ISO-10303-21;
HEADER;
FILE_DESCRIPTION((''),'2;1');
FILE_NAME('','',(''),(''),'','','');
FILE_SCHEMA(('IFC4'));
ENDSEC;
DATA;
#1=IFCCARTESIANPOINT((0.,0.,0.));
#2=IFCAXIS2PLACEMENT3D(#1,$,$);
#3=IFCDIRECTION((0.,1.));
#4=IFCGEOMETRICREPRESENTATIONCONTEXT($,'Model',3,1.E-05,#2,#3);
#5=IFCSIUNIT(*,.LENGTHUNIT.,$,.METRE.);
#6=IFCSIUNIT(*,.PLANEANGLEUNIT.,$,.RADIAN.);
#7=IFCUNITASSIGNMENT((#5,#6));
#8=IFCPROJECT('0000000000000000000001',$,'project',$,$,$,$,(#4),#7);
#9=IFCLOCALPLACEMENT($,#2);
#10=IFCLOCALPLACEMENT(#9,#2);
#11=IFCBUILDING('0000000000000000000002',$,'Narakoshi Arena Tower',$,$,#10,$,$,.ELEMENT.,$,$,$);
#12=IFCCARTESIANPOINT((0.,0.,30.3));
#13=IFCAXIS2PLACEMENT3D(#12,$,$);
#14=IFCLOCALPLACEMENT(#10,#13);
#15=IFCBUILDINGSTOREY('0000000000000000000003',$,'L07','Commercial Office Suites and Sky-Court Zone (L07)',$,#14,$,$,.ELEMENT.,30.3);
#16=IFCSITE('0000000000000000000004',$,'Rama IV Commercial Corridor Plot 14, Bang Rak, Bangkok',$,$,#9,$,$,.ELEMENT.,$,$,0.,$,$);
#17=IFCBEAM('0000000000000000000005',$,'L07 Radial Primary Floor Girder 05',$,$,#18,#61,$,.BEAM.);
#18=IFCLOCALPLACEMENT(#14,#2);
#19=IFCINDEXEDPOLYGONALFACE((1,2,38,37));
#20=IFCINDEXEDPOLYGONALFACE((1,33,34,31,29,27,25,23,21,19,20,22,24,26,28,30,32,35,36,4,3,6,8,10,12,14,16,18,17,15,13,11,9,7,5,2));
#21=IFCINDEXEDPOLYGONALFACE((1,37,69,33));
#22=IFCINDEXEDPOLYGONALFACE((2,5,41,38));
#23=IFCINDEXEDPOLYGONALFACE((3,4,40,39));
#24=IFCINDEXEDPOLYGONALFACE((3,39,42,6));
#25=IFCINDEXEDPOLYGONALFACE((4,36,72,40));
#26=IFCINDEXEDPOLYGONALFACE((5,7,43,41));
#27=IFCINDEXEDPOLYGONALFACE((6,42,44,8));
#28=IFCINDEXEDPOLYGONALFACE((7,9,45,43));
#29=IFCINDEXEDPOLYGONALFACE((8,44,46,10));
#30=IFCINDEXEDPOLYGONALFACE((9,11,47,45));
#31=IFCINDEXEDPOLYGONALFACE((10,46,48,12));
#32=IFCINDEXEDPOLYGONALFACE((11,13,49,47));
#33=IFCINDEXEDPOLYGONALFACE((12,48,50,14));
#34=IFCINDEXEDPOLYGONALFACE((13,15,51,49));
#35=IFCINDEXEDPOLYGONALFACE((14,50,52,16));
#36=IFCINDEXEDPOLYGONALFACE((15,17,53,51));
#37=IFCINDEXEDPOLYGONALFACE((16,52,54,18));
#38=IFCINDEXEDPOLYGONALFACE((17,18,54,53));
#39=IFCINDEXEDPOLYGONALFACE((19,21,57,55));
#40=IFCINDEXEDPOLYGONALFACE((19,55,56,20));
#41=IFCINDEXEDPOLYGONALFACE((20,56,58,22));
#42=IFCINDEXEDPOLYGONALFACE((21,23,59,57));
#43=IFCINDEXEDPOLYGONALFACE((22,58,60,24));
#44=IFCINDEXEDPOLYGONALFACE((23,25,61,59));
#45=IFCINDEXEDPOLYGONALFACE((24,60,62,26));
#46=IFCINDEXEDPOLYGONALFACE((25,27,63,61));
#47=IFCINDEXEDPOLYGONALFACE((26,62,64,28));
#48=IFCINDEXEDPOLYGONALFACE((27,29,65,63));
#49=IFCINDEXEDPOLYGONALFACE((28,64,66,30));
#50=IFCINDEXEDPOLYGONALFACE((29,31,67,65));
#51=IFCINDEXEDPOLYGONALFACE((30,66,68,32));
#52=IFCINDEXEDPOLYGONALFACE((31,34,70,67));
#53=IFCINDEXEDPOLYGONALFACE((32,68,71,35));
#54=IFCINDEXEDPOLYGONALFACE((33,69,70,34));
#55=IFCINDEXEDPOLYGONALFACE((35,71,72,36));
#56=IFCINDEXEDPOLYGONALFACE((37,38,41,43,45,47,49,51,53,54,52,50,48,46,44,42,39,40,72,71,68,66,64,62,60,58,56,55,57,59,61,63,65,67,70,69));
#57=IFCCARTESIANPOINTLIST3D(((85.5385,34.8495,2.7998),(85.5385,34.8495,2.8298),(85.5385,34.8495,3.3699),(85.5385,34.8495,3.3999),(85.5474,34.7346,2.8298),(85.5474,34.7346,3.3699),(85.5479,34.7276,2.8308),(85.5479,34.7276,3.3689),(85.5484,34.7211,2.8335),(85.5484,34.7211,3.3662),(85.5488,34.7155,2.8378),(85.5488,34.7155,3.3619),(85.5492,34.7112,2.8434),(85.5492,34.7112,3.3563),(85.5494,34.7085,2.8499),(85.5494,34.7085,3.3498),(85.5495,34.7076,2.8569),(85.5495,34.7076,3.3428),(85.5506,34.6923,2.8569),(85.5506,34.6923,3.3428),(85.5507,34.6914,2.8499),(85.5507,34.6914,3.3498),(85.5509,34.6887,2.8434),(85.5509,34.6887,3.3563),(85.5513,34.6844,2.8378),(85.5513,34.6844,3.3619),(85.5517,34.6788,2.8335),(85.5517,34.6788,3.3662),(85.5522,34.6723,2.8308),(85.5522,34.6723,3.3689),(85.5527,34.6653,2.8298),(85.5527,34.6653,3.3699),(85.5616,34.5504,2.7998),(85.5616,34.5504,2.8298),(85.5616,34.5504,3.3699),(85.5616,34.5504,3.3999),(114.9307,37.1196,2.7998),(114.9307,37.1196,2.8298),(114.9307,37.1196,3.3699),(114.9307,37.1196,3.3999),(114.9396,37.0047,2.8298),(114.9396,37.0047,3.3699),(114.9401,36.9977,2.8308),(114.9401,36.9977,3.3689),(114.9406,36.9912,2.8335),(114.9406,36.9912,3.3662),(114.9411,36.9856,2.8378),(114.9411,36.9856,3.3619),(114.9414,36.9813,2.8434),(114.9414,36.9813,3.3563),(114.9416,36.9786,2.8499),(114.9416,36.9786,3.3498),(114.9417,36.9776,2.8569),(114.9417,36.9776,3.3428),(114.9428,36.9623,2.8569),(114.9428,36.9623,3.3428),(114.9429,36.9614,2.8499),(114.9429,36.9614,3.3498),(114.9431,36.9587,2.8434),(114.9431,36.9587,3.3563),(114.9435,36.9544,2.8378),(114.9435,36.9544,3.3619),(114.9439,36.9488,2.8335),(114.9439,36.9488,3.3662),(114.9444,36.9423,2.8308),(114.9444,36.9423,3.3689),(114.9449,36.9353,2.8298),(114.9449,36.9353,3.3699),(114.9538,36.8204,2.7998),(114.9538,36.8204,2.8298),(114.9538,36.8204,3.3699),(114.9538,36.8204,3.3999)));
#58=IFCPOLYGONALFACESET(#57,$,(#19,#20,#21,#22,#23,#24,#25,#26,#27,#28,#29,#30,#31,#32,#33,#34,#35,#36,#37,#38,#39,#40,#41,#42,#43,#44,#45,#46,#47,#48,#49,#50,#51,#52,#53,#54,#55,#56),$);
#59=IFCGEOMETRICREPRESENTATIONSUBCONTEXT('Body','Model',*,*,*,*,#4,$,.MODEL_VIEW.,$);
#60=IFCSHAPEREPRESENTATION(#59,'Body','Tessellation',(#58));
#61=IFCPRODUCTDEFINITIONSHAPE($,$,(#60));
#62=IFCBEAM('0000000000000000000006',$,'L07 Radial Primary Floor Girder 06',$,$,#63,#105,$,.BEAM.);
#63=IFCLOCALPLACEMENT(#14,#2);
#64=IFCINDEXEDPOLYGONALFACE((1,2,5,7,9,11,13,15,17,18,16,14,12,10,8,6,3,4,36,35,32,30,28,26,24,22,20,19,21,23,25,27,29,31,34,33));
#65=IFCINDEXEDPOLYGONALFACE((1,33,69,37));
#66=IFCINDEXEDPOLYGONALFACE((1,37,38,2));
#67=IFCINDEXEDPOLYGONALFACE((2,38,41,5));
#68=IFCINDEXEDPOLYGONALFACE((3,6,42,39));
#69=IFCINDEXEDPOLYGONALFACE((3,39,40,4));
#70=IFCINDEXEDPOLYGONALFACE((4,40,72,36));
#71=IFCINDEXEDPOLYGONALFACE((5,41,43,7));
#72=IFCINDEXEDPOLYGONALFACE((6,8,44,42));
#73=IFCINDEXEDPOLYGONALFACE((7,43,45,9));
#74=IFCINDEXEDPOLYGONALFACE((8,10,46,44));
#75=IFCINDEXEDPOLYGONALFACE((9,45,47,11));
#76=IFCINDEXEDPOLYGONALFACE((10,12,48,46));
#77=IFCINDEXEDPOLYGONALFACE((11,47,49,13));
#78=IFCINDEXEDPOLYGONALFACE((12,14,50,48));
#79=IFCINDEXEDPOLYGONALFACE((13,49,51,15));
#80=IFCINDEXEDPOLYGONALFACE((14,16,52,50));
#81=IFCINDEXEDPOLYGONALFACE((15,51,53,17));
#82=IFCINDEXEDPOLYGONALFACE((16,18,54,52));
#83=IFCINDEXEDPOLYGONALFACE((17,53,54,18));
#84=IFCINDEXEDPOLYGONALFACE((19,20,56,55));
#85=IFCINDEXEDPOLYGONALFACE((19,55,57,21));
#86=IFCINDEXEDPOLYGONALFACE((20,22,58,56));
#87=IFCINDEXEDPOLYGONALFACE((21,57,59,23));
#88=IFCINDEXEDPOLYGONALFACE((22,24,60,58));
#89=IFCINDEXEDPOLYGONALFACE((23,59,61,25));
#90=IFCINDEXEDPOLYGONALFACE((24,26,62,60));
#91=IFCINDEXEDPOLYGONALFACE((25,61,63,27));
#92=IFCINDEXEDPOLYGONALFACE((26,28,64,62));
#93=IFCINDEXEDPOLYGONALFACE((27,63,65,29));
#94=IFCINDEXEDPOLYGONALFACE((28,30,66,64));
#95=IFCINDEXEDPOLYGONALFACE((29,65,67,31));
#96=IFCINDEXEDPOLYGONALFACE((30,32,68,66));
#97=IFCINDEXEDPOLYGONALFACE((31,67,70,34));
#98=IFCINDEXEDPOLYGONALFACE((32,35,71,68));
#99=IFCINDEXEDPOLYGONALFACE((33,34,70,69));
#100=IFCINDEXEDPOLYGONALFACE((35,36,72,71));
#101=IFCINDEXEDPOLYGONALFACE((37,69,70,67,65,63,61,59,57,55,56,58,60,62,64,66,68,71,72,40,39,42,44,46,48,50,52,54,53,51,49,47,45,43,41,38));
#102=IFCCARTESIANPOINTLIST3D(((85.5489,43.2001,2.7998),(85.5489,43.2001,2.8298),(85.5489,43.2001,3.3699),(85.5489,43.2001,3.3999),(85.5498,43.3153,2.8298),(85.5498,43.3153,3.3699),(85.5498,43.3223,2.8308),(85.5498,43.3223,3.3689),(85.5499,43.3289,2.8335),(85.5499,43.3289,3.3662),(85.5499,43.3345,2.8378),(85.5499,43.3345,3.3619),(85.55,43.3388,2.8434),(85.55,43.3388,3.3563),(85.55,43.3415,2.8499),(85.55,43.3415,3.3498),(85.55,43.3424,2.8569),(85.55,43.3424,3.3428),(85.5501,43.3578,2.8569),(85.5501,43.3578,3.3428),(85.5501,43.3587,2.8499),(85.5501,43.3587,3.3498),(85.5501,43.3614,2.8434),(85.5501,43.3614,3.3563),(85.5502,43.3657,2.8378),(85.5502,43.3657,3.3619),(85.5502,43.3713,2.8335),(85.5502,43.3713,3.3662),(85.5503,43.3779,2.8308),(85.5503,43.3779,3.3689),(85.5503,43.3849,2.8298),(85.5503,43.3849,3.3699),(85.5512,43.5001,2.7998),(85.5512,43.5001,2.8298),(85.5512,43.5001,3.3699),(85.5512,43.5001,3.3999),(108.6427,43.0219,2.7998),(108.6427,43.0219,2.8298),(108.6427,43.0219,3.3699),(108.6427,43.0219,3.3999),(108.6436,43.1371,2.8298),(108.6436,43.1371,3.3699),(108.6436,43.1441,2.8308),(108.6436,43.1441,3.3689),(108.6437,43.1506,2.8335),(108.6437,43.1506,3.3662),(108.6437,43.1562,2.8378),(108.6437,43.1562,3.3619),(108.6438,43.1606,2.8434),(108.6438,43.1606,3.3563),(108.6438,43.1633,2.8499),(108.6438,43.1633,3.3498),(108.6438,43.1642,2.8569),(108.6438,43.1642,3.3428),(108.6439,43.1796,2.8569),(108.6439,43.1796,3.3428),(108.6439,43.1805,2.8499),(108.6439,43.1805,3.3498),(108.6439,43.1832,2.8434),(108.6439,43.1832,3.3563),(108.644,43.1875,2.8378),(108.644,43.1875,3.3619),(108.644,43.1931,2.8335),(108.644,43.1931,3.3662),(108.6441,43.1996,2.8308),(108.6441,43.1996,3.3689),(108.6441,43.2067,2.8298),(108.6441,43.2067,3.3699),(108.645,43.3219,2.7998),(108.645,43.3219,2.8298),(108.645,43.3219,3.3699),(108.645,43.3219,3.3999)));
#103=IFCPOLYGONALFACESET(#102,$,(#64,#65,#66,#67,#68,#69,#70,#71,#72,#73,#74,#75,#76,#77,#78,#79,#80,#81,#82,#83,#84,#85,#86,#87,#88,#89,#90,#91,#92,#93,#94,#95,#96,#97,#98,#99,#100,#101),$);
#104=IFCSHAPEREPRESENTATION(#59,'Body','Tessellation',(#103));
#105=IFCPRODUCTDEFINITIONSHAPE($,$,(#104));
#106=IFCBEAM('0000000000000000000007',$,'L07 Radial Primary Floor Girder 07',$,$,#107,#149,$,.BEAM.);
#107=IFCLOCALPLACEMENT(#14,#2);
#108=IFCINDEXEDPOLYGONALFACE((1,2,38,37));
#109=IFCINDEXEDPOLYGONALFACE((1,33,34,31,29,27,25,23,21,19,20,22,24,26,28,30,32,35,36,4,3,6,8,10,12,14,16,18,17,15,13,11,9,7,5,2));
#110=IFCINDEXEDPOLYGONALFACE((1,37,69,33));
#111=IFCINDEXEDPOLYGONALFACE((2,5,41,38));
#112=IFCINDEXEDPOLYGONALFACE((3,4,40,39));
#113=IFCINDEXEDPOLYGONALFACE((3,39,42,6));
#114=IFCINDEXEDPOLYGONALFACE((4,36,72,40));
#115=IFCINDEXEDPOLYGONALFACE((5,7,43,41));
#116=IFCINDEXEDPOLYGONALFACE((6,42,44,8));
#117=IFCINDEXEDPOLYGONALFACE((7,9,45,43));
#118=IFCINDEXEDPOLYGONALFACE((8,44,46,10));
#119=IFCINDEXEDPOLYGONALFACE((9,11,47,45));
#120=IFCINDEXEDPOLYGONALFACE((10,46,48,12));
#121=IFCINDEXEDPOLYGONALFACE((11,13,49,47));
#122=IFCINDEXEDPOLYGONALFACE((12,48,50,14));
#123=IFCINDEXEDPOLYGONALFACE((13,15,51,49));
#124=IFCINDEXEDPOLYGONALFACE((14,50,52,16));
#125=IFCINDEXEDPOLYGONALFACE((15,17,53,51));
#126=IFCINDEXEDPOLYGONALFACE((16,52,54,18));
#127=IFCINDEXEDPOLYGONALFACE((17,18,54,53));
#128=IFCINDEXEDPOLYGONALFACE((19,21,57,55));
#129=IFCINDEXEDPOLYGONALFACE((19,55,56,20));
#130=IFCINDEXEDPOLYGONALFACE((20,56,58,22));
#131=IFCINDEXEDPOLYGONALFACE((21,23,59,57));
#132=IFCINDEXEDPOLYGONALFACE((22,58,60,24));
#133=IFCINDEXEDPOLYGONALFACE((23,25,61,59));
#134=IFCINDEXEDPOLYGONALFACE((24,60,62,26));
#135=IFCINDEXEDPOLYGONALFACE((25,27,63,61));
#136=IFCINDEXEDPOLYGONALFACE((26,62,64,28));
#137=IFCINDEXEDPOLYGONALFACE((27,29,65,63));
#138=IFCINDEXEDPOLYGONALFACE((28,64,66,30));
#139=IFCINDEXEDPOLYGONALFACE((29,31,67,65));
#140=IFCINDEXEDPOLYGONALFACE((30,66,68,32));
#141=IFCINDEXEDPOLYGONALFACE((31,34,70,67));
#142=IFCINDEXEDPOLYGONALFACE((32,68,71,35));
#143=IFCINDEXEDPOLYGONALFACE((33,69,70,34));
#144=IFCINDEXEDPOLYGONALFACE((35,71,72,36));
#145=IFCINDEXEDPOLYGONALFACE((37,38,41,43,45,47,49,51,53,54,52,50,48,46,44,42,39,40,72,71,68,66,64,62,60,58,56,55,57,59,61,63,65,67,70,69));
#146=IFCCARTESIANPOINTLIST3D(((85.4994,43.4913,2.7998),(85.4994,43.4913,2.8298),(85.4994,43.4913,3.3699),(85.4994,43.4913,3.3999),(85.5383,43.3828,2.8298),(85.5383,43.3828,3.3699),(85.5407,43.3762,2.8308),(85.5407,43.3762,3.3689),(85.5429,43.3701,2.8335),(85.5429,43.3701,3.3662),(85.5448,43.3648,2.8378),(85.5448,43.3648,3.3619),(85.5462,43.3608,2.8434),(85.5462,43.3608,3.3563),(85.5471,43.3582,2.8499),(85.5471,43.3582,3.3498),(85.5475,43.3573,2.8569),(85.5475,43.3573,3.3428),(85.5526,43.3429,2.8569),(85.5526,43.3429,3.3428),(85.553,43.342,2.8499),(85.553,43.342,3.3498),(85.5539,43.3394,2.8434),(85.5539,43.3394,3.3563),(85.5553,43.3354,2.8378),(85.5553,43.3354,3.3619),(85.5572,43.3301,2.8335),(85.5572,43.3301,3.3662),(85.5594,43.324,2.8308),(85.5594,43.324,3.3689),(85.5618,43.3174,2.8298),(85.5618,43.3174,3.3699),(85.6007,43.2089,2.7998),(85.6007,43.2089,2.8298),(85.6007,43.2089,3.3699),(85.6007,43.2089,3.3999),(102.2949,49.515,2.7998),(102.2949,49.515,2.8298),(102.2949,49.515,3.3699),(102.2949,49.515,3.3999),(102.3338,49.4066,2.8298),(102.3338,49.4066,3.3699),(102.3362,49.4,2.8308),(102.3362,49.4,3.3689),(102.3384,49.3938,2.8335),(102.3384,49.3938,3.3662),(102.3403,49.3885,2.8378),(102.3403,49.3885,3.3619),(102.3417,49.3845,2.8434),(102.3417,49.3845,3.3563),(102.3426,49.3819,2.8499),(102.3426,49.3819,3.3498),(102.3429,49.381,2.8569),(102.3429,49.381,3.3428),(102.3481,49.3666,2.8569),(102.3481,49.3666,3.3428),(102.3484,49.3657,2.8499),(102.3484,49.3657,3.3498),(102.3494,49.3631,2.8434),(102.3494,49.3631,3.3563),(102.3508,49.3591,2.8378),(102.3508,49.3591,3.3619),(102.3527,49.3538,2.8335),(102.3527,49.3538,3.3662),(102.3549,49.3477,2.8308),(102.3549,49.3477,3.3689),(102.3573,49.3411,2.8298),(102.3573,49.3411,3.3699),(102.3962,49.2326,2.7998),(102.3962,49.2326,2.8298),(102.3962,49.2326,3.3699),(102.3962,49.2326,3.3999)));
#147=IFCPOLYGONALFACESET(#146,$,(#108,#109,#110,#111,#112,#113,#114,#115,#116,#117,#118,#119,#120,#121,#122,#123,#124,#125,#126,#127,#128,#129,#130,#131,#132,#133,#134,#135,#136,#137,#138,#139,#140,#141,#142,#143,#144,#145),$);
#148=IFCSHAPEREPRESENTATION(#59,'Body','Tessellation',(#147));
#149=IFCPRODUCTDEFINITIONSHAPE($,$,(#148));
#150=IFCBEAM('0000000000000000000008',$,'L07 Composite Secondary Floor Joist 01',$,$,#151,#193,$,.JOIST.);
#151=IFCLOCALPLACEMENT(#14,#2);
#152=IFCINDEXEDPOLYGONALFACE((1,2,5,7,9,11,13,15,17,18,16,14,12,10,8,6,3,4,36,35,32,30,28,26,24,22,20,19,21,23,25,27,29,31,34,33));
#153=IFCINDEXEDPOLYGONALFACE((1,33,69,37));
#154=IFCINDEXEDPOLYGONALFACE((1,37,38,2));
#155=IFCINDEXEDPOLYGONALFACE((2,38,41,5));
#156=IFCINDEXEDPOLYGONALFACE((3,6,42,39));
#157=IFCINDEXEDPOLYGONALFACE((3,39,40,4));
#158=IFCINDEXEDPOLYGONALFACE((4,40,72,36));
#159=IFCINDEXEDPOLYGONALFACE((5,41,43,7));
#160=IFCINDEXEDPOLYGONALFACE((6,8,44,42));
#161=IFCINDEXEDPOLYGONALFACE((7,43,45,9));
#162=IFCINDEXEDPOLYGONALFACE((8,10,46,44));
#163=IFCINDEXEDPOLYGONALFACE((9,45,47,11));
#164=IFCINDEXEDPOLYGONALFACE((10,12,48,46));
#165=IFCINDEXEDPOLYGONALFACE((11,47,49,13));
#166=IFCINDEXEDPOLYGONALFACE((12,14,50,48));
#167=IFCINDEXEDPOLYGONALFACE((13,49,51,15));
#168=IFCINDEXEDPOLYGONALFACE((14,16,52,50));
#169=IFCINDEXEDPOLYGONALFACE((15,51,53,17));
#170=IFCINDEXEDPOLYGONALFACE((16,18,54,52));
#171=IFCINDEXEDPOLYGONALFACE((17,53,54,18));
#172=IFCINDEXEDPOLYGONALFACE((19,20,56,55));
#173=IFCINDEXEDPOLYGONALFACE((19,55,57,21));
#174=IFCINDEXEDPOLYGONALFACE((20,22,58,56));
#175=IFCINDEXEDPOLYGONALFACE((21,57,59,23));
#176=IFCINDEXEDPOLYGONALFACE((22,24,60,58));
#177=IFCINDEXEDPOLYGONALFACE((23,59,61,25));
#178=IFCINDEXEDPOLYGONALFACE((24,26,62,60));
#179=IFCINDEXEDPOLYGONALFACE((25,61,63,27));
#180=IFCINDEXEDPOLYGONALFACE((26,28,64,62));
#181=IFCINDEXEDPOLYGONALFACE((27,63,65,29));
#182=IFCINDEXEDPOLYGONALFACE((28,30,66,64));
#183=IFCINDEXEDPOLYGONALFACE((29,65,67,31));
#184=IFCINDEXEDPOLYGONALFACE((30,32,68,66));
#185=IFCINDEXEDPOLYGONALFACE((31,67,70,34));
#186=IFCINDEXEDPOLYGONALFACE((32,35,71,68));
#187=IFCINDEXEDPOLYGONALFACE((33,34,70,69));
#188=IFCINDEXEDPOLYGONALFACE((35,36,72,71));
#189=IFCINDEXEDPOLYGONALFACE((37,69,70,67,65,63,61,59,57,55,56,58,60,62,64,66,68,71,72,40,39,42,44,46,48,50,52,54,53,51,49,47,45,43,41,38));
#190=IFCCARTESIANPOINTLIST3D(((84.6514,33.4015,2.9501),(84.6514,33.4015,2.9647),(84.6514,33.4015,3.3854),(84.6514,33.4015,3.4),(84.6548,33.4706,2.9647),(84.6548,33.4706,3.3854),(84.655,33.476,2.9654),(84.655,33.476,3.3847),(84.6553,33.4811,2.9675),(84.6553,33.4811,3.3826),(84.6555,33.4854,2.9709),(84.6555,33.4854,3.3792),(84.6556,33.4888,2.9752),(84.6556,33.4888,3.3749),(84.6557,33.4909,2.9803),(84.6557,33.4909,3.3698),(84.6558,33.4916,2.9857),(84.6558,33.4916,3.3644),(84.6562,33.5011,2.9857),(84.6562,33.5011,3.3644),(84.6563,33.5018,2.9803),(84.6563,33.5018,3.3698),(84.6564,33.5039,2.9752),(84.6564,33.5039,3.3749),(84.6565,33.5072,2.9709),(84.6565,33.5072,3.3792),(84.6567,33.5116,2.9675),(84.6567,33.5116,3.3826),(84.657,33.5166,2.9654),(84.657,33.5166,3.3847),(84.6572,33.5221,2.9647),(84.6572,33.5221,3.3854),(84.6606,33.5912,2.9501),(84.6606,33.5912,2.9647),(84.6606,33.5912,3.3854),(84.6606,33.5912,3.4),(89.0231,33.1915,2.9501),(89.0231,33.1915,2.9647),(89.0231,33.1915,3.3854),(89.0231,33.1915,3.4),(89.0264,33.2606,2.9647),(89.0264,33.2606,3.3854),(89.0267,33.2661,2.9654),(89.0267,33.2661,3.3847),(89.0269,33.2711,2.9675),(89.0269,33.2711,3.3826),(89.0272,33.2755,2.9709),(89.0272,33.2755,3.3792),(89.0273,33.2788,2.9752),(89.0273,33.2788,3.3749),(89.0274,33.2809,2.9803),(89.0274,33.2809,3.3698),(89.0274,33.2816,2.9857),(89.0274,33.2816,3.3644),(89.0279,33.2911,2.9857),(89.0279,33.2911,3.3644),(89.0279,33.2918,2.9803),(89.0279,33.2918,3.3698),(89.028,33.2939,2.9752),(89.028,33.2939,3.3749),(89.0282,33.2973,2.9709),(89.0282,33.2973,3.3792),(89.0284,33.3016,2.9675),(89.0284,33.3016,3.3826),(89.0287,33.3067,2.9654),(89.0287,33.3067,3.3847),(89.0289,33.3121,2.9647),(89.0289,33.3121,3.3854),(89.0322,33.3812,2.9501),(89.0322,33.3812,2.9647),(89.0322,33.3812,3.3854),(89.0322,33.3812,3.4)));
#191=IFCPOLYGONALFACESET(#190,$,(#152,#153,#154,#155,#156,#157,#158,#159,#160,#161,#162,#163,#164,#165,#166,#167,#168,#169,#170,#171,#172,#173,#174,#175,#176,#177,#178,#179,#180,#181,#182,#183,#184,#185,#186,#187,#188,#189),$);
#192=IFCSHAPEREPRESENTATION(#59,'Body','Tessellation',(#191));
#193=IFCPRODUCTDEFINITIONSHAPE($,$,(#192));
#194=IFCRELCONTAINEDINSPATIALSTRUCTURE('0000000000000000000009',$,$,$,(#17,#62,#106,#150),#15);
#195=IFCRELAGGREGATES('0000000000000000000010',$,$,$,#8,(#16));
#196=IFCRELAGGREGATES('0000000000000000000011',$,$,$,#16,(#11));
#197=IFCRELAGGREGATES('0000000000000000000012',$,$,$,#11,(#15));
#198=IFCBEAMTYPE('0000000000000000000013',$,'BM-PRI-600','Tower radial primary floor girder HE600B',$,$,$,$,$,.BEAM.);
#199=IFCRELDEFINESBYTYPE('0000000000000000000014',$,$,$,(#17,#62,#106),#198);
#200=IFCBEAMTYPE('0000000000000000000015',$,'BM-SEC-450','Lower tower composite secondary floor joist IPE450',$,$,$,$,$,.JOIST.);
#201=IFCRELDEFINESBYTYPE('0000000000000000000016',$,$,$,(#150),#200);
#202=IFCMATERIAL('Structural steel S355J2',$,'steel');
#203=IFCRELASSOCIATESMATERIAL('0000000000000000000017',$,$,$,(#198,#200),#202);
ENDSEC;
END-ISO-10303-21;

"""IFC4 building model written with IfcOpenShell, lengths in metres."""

from ifc_helpers import new_model, si_unit, direction, frame, origin, origin_2d, place, context, subcontext, project, spatial, i_section, extrude, material, material_profile, profile_set, type_object, element, save


model = new_model("IFC4")

# Units and contexts
model_context = context("Model", 3, precision=1e-05, world=origin(), true_north=direction((0.0, 1.0)))
body_context = subcontext(model_context, "Body", "Model", "MODEL_VIEW")
ifc_project = project(units=[si_unit("LENGTHUNIT", "METRE"), si_unit("PLANEANGLEUNIT", "RADIAN")], contexts=[model_context])

# Site, building, storey
site_placement = place(None, origin())
site = spatial("IfcSite", under=ifc_project, at=site_placement, Name="Rama IV Commercial Corridor Plot 14, Bang Rak, Bangkok", CompositionType="ELEMENT", RefElevation=0.0)
building_placement = place(site_placement, origin())
building = spatial("IfcBuilding", under=site, at=building_placement, Name="Narakoshi Arena Tower", CompositionType="ELEMENT")
storey_placement = place(building_placement, frame((0.0, 0.0, 30.3)))
storey = spatial("IfcBuildingStorey", under=building, at=storey_placement, Name="L07", Description="Commercial Office Suites and Sky-Court Zone (L07)", CompositionType="ELEMENT", Elevation=30.3)

# Beams
ifc_material_1 = material(Name="Structural steel S355J2", Category="steel")
ifc_material_profile_1 = material_profile(ifc_material_1, i_section(OverallWidth=0.3, OverallDepth=0.6001, WebThickness=0.0154, FlangeThickness=0.03, FilletRadius=0.0271, at=origin_2d()), Name="HE600B")
ifc_profile_set_1 = profile_set([ifc_material_profile_1], Name="Structural steel S355J2")
beam_type_1 = type_object("IfcBeamType", Name="BM-PRI-600", Description="Tower radial primary floor girder HE600B", PredefinedType="BEAM", material=ifc_profile_set_1)
beam_1_placement = place(storey_placement, frame((85.55, 34.7, 3.0999), z_axis=(0.997031, 0.077003, 0.0), x_axis=(-0.077003, 0.997031, 0.0)))
element("IfcBeam", 1, at=beam_1_placement, inside=storey, type_object=beam_type_1, Name="L07 Radial Primary Floor Girder 05", PredefinedType="BEAM", context=body_context, shape_type="SweptSolid", body=[
    extrude(i_section(OverallWidth=0.3, OverallDepth=0.6001, WebThickness=0.0154, FlangeThickness=0.03, FilletRadius=0.0271, at=origin_2d()), origin(), (0.0, 0.0, 1.0), 29.4797),
])
beam_2_placement = place(storey_placement, frame((85.55, 43.3501, 3.0999), z_axis=(0.99997, -0.007717, 0.0), x_axis=(0.007717, 0.99997, 0.0)))
element("IfcBeam", 2, at=beam_2_placement, inside=storey, type_object=beam_type_1, Name="L07 Radial Primary Floor Girder 06", PredefinedType="BEAM", context=body_context, shape_type="SweptSolid", body=[
    extrude(i_section(OverallWidth=0.3, OverallDepth=0.6001, WebThickness=0.0154, FlangeThickness=0.03, FilletRadius=0.0271, at=origin_2d()), origin(), (0.0, 0.0, 1.0), 23.0945),
])
beam_3_placement = place(storey_placement, frame((85.55, 43.3501, 3.0999), z_axis=(0.941292, 0.337595, 0.0), x_axis=(-0.337595, 0.941292, 0.0)))
element("IfcBeam", 3, at=beam_3_placement, inside=storey, type_object=beam_type_1, Name="L07 Radial Primary Floor Girder 07", PredefinedType="BEAM", context=body_context, shape_type="SweptSolid", body=[
    extrude(i_section(OverallWidth=0.3, OverallDepth=0.6001, WebThickness=0.0154, FlangeThickness=0.03, FilletRadius=0.0271, at=origin_2d()), origin(), (0.0, 0.0, 1.0), 17.843),
])
ifc_material_profile_2 = material_profile(ifc_material_1, i_section(OverallWidth=0.1899, OverallDepth=0.45, WebThickness=0.0095, FlangeThickness=0.0146, FilletRadius=0.021, at=origin_2d()), Name="IPE450")
ifc_profile_set_2 = profile_set([ifc_material_profile_2], Name="Structural steel S355J2")
beam_type_2 = type_object("IfcBeamType", Name="BM-SEC-450", Description="Lower tower composite secondary floor joist IPE450", PredefinedType="JOIST", material=ifc_profile_set_2)
beam_4_placement = place(storey_placement, frame((84.656, 33.4963, 3.175), z_axis=(0.998849, -0.047973, 0.0), x_axis=(0.047973, 0.998849, 0.0)))
element("IfcBeam", 4, at=beam_4_placement, inside=storey, type_object=beam_type_2, Name="L07 Composite Secondary Floor Joist 01", PredefinedType="JOIST", context=body_context, shape_type="SweptSolid", body=[
    extrude(i_section(OverallWidth=0.1899, OverallDepth=0.45, WebThickness=0.0095, FlangeThickness=0.0146, FilletRadius=0.021, at=origin_2d()), origin(), (0.0, 0.0, 1.0), 4.3767),
])

save(model, "model.ifc")
